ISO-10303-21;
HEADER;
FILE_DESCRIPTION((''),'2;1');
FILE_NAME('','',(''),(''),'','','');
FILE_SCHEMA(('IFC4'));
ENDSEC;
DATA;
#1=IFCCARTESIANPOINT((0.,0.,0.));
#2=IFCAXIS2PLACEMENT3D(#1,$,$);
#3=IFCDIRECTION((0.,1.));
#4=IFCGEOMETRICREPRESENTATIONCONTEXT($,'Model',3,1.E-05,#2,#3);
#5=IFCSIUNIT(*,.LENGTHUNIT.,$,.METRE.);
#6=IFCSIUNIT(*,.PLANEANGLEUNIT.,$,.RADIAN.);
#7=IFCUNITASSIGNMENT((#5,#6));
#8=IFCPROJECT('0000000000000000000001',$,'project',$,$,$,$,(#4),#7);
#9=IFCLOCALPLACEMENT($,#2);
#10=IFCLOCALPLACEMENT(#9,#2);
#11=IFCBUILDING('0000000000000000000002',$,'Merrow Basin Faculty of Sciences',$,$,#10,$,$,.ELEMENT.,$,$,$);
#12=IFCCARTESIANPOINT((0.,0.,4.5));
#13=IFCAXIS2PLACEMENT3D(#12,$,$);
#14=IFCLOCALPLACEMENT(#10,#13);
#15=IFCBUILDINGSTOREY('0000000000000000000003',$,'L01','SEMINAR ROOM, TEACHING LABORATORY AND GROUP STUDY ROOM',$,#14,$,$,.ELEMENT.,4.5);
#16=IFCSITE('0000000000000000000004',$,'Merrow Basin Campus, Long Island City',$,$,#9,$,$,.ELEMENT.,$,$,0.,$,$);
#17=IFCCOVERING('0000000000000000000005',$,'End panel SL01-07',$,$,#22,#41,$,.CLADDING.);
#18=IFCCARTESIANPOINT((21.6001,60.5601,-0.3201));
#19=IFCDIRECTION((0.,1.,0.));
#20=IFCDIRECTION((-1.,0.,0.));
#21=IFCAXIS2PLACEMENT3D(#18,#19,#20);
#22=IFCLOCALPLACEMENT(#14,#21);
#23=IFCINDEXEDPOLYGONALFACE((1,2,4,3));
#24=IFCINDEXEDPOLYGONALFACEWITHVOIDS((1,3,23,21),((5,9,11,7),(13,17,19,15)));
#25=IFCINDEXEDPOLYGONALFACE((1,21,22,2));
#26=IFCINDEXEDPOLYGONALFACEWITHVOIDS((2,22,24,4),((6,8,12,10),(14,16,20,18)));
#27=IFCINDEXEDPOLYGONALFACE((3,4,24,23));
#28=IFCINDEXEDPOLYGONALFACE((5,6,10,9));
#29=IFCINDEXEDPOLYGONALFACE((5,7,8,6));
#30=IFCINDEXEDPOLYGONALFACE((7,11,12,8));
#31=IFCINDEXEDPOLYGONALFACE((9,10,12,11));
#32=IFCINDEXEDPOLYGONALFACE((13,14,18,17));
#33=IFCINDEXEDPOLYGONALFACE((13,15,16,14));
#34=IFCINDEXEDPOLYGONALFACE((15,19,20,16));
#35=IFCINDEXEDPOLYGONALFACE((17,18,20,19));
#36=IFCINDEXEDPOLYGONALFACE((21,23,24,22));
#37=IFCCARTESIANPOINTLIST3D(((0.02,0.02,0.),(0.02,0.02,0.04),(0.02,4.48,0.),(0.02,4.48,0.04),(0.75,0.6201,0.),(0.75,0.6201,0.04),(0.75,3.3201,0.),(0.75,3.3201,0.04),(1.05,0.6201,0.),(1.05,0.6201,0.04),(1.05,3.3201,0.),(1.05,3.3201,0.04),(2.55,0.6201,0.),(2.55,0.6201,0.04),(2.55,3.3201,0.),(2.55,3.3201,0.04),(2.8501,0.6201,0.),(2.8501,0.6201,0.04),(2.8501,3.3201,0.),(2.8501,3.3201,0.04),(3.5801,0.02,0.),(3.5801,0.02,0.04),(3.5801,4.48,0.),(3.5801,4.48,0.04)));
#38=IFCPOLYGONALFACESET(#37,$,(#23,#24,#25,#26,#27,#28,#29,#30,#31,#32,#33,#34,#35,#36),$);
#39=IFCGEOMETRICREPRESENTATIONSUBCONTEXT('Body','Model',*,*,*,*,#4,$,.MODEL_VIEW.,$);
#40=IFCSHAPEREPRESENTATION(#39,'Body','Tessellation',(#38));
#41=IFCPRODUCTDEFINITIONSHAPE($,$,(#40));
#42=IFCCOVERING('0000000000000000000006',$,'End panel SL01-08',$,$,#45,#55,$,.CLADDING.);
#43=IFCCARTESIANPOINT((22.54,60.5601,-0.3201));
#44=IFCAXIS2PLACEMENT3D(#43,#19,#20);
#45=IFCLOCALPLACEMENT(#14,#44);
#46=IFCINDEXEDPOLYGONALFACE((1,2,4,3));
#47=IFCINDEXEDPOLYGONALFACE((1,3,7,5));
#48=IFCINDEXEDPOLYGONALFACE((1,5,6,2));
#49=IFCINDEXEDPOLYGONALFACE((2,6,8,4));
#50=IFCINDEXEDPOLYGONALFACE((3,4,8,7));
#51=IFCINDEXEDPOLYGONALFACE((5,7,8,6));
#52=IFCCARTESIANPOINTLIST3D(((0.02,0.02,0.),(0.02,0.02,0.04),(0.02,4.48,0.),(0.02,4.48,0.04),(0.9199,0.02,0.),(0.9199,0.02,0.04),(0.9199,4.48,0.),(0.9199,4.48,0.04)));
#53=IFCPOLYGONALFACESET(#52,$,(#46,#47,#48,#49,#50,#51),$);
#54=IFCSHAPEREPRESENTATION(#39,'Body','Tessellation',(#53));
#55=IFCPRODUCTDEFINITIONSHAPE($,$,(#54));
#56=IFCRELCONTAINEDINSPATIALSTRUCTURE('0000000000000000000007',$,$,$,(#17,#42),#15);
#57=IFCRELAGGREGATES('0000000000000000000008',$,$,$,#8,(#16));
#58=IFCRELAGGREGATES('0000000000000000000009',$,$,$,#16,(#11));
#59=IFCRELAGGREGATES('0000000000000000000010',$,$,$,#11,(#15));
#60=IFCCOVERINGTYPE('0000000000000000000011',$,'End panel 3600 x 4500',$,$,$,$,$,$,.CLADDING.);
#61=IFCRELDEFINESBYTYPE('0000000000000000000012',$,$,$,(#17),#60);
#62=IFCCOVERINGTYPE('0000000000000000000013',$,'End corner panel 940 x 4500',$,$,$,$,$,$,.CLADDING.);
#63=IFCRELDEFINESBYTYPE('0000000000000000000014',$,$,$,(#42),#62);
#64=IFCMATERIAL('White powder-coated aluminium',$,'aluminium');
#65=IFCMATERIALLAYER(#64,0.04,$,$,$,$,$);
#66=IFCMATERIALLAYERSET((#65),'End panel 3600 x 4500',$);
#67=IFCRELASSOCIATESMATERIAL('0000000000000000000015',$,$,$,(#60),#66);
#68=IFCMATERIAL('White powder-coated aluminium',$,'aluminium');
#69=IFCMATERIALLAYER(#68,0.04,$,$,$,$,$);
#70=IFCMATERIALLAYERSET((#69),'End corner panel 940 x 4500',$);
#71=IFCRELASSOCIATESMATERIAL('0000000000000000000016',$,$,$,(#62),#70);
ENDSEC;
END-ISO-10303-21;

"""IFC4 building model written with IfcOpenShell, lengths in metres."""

from ifc_helpers import new_model, si_unit, direction, frame, origin, place, context, subcontext, project, spatial, polyline, outline, extrude, source, transform, mapped, material, layer, layer_set, type_object, element, save


model = new_model("IFC4")

# Units and contexts
model_context = context("Model", 3, precision=1e-05, world=origin(), true_north=direction((0.0, 1.0)))
body_context = subcontext(model_context, "Body", "Model", "MODEL_VIEW")
ifc_project = project(units=[si_unit("LENGTHUNIT", "METRE"), si_unit("PLANEANGLEUNIT", "RADIAN")], contexts=[model_context])

# Site, building, storey
site_placement = place(None, origin())
site = spatial("IfcSite", under=ifc_project, at=site_placement, Name="Merrow Basin Campus, Long Island City", CompositionType="ELEMENT", RefElevation=0.0)
building_placement = place(site_placement, origin())
building = spatial("IfcBuilding", under=site, at=building_placement, Name="Merrow Basin Faculty of Sciences", CompositionType="ELEMENT")
storey_placement = place(building_placement, frame((0.0, 0.0, 4.5)))
storey = spatial("IfcBuildingStorey", under=building, at=storey_placement, Name="L01", Description="SEMINAR ROOM, TEACHING LABORATORY AND GROUP STUDY ROOM", CompositionType="ELEMENT", Elevation=4.5)

# Coverings
ifc_material_1 = material(Name="White powder-coated aluminium", Category="aluminium")
ifc_layer_1 = layer(ifc_material_1, 0.04)
ifc_layer_set_1 = layer_set([ifc_layer_1], Name="End panel 3600 x 4500")
covering_type_1 = type_object("IfcCoveringType", Name="End panel 3600 x 4500", PredefinedType="CLADDING", material=ifc_layer_set_1)
shared_shape_1 = source(origin(), body_context, "Body", "SweptSolid", [
    extrude(outline(polyline([(0.02, 0.02), (3.5801, 0.02), (3.5801, 4.48), (0.02, 4.48), (0.02, 0.02)]), holes=[polyline([(2.55, 0.6201), (2.8501, 0.6201), (2.8501, 3.3201), (2.55, 3.3201), (2.55, 0.6201)]), polyline([(0.75, 0.6201), (1.05, 0.6201), (1.05, 3.3201), (0.75, 3.3201), (0.75, 0.6201)])]), origin(), (0.0, 0.0, 1.0), 0.04),
])
covering_1_placement = place(storey_placement, frame((21.6001, 60.5601, -0.3201), z_axis=(0.0, 1.0, 0.0), x_axis=(-1.0, 0.0, 0.0)))
element("IfcCovering", 1, at=covering_1_placement, inside=storey, type_object=covering_type_1, Name="End panel SL01-07", PredefinedType="CLADDING", context=body_context, shape_type="MappedRepresentation", body=[
    mapped(shared_shape_1, transform((0.0, 0.0, 0.0), scale=1.0)),
])
ifc_material_2 = material(Name="White powder-coated aluminium", Category="aluminium")
ifc_layer_2 = layer(ifc_material_2, 0.04)
ifc_layer_set_2 = layer_set([ifc_layer_2], Name="End corner panel 940 x 4500")
covering_type_2 = type_object("IfcCoveringType", Name="End corner panel 940 x 4500", PredefinedType="CLADDING", material=ifc_layer_set_2)
shared_shape_2 = source(origin(), body_context, "Body", "SweptSolid", [
    extrude(outline(polyline([(0.02, 0.02), (0.9199, 0.02), (0.9199, 4.48), (0.02, 4.48), (0.02, 0.02)])), origin(), (0.0, 0.0, 1.0), 0.04),
])
covering_2_placement = place(storey_placement, frame((22.54, 60.5601, -0.3201), z_axis=(0.0, 1.0, 0.0), x_axis=(-1.0, 0.0, 0.0)))
element("IfcCovering", 2, at=covering_2_placement, inside=storey, type_object=covering_type_2, Name="End panel SL01-08", PredefinedType="CLADDING", context=body_context, shape_type="MappedRepresentation", body=[
    mapped(shared_shape_2, transform((0.0, 0.0, 0.0), scale=1.0)),
])

save(model, "model.ifc")
